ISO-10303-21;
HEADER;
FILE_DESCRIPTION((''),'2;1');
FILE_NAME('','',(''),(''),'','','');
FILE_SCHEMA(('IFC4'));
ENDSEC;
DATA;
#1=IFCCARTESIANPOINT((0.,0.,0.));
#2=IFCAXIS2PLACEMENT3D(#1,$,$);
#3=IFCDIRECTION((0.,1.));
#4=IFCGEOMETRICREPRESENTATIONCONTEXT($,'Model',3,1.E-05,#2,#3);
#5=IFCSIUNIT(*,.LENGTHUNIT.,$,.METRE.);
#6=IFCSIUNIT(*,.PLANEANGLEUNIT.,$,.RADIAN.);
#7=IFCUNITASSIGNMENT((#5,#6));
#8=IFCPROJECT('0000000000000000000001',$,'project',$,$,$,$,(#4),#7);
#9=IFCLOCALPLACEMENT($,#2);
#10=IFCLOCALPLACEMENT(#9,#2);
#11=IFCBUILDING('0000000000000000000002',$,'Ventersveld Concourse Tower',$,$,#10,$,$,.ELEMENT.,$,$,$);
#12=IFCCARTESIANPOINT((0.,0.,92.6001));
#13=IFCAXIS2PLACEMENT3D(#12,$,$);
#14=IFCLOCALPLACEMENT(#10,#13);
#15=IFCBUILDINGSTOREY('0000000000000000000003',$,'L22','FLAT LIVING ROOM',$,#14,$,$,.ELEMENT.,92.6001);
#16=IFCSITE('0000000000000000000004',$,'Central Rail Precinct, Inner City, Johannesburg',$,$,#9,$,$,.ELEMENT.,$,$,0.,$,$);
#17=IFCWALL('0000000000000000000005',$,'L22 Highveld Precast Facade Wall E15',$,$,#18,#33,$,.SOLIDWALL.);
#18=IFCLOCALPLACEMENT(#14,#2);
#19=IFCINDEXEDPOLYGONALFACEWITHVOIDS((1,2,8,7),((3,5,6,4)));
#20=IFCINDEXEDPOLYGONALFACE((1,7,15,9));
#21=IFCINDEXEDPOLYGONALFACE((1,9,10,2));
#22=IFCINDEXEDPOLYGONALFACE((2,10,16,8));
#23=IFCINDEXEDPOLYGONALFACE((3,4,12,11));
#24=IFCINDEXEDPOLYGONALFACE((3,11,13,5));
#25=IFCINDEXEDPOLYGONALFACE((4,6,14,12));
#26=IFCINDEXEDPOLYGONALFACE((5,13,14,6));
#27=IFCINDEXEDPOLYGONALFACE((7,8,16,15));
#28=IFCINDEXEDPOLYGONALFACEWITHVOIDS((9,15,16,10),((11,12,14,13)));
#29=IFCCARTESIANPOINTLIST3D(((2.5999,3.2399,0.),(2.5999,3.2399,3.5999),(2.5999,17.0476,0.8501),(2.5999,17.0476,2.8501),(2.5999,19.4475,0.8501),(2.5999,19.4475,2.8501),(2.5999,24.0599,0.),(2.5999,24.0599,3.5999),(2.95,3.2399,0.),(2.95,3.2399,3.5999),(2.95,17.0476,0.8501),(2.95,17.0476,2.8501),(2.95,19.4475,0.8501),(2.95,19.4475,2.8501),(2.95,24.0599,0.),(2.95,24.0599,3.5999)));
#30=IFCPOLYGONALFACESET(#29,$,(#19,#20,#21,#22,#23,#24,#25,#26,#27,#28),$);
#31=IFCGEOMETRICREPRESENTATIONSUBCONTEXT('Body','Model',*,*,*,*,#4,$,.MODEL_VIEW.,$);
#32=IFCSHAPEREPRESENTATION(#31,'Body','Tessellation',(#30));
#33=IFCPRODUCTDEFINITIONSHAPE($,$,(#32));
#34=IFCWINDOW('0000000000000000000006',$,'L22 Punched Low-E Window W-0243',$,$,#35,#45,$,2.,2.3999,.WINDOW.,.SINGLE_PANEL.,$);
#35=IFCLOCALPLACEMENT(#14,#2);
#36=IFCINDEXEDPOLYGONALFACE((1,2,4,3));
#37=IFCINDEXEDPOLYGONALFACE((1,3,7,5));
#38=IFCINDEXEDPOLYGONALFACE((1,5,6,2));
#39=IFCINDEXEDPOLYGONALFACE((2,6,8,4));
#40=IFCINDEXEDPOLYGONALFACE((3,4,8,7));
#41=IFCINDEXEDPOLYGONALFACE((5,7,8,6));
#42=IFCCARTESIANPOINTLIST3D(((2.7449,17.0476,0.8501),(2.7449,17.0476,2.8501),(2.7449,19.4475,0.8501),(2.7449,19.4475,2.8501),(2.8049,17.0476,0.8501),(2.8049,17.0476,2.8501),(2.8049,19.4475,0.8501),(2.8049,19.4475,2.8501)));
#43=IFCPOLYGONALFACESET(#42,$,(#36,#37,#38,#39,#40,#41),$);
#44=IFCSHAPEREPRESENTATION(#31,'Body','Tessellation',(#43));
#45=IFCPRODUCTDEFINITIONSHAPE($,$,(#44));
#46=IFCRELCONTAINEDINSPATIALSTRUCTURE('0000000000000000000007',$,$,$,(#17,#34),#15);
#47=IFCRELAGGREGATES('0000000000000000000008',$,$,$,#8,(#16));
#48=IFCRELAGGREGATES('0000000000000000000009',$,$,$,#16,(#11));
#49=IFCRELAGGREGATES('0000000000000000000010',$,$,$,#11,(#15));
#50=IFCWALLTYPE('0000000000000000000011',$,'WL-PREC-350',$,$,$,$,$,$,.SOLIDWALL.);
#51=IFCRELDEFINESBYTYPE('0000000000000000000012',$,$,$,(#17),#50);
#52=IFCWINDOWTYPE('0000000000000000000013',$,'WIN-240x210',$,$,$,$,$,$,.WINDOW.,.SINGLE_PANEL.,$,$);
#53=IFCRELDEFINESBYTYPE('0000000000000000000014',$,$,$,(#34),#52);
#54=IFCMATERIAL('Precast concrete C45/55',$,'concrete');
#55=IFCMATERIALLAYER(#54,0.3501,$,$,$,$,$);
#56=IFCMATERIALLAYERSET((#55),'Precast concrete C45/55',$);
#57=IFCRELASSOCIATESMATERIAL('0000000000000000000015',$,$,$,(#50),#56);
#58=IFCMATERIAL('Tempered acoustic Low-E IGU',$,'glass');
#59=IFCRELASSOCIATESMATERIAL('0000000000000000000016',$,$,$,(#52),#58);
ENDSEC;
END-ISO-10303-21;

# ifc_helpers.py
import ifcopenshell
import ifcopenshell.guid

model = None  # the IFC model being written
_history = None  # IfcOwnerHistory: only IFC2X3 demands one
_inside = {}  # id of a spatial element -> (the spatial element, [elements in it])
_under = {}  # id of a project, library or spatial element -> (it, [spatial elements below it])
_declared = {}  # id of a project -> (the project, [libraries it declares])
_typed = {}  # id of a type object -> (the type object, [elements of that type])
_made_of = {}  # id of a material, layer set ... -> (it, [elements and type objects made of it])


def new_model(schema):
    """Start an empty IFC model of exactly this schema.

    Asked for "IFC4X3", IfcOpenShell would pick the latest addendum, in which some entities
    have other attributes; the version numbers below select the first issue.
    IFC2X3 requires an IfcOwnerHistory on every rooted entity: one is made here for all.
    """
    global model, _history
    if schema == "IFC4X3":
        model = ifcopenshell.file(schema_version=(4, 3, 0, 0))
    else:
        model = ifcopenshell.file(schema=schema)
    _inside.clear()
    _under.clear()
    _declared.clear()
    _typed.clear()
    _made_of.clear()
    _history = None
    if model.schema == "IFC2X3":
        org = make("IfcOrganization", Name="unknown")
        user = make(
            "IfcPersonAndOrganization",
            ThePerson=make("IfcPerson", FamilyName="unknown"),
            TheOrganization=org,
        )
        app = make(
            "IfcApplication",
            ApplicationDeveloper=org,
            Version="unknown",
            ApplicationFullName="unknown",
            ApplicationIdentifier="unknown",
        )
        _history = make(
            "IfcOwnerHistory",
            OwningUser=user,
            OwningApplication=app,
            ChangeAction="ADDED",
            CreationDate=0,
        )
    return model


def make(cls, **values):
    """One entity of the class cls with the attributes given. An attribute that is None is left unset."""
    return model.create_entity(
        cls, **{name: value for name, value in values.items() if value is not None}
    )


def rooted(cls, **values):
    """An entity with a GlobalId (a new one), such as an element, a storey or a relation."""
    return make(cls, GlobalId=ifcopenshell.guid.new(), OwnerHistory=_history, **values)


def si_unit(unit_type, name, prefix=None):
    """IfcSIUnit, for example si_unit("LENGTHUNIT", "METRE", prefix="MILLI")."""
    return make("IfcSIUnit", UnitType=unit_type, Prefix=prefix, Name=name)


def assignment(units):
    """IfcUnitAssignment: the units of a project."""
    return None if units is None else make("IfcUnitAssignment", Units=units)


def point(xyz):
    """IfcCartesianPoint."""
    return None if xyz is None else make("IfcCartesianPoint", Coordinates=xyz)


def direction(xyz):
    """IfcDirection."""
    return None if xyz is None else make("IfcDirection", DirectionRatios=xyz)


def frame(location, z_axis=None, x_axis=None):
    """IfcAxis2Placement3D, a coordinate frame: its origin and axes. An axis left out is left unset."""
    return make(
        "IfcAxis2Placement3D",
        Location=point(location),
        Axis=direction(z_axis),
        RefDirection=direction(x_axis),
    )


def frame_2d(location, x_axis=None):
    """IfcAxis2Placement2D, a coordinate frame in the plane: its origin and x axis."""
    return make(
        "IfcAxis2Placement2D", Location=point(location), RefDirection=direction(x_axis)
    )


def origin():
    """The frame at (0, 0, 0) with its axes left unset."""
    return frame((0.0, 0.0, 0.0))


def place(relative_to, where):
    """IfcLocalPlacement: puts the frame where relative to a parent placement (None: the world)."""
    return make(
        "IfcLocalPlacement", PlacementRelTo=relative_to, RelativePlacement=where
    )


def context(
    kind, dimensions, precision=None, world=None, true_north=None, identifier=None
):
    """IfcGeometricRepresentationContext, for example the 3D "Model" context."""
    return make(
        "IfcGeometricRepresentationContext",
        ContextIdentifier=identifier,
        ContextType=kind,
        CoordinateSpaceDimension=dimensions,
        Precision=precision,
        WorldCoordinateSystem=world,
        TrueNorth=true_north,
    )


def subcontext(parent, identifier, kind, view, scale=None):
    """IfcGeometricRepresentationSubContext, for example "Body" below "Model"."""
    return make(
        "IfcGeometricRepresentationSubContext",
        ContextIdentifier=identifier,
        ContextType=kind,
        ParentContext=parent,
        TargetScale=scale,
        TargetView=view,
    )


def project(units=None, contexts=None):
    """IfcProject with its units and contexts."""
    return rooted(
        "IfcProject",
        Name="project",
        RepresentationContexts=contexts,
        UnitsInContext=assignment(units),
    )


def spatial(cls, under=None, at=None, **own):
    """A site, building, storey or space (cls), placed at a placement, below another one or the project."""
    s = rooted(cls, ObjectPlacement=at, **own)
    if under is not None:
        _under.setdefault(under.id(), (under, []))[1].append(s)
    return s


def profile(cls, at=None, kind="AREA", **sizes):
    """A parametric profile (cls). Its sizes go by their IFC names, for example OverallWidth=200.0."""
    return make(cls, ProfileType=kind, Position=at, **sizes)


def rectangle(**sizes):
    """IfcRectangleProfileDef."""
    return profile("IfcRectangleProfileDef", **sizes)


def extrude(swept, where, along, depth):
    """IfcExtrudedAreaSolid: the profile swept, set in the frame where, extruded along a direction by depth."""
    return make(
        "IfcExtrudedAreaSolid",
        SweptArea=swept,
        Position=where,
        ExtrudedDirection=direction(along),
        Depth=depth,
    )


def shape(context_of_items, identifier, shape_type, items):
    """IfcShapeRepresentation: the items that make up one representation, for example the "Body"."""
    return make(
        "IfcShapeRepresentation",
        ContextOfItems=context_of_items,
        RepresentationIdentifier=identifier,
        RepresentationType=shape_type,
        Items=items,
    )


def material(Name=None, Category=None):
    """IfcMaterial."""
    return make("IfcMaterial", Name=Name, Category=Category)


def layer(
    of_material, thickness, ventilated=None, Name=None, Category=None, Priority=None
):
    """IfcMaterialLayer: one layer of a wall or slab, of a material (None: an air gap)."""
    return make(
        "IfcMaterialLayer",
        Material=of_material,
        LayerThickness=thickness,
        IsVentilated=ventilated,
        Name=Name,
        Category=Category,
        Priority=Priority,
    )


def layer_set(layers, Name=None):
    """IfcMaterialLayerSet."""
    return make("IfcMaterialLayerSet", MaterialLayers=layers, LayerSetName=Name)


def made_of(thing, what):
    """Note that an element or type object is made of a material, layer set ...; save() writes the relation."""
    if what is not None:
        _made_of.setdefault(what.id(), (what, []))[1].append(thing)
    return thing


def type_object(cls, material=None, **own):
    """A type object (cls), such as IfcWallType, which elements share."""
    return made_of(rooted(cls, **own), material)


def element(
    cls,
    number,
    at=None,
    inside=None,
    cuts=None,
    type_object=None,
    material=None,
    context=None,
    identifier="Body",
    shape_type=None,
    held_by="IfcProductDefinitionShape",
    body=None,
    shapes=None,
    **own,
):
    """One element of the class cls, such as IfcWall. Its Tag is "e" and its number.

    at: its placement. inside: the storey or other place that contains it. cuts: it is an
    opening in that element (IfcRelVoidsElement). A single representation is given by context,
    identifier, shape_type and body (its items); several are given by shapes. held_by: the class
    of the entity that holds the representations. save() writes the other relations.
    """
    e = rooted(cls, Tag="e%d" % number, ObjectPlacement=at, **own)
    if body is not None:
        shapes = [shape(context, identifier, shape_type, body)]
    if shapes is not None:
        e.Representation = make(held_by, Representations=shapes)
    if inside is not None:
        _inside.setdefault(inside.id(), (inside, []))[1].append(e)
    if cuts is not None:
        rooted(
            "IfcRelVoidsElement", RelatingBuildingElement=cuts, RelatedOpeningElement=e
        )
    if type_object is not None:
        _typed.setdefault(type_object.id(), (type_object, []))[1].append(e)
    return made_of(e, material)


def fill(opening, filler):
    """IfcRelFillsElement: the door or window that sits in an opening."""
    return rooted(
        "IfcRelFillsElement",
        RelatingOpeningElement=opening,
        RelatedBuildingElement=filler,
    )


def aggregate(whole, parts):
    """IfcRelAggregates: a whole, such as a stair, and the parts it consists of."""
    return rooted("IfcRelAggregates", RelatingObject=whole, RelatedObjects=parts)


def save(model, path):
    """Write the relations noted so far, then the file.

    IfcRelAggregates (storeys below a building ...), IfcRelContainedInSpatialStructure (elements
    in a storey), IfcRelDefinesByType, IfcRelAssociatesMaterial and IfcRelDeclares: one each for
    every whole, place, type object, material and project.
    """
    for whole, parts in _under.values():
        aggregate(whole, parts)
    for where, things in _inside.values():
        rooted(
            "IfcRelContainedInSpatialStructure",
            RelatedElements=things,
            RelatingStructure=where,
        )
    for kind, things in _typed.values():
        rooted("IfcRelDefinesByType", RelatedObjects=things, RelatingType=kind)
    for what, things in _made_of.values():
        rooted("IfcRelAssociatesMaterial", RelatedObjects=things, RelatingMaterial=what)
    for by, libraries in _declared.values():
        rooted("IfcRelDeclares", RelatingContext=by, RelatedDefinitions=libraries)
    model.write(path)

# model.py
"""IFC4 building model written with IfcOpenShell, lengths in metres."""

from ifc_helpers import new_model, si_unit, direction, frame, frame_2d, origin, place, context, subcontext, project, spatial, rectangle, extrude, material, layer, layer_set, type_object, element, fill, save


model = new_model("IFC4")

# Units and contexts
model_context = context("Model", 3, precision=1e-05, world=origin(), true_north=direction((0.0, 1.0)))
body_context = subcontext(model_context, "Body", "Model", "MODEL_VIEW")
ifc_project = project(units=[si_unit("LENGTHUNIT", "METRE"), si_unit("PLANEANGLEUNIT", "RADIAN")], contexts=[model_context])

# Site, building, storey
site_placement = place(None, origin())
site = spatial("IfcSite", under=ifc_project, at=site_placement, Name="Central Rail Precinct, Inner City, Johannesburg", CompositionType="ELEMENT", RefElevation=0.0)
building_placement = place(site_placement, origin())
building = spatial("IfcBuilding", under=site, at=building_placement, Name="Ventersveld Concourse Tower", CompositionType="ELEMENT")
storey_placement = place(building_placement, frame((0.0, 0.0, 92.6001)))
storey = spatial("IfcBuildingStorey", under=building, at=storey_placement, Name="L22", Description="FLAT LIVING ROOM", CompositionType="ELEMENT", Elevation=92.6001)

# Shared definitions
ifc_material_1 = material(Name="Precast concrete C45/55", Category="concrete")
ifc_layer_1 = layer(ifc_material_1, 0.3501)
ifc_layer_set_1 = layer_set([ifc_layer_1], Name="Precast concrete C45/55")
wall_type_1 = type_object("IfcWallType", Name="WL-PREC-350", PredefinedType="SOLIDWALL", material=ifc_layer_set_1)

# Wall, opening, window
wall_1_placement = place(storey_placement, frame((2.7749, 24.0601, 0.0), z_axis=(0.0, 0.0, 1.0), x_axis=(0.0, -1.0, 0.0)))
wall_1 = element("IfcWall", 1, at=wall_1_placement, inside=storey, type_object=wall_type_1, Name="L22 Highveld Precast Facade Wall E15", PredefinedType="SOLIDWALL", context=body_context, shape_type="SweptSolid", body=[
    extrude(rectangle(XDim=20.8201, YDim=0.3501, at=frame_2d((10.4102, 0.0))), origin(), (0.0, 0.0, 1.0), 3.5999),
])
opening_1_placement = place(wall_1_placement, frame((4.6125, 0.0, 0.8501)))
opening_1 = element("IfcOpeningElement", 2, at=opening_1_placement, cuts=wall_1, PredefinedType="OPENING", context=body_context, shape_type="SweptSolid", body=[
    extrude(rectangle(XDim=2.3999, YDim=2.0, at=frame_2d((1.2, 1.0))), frame((0.0, 0.1851, 0.0), z_axis=(0.0, -1.0, 0.0), x_axis=(1.0, 0.0, 0.0)), (0.0, 0.0, 1.0), 0.3701),
])
ifc_material_2 = material(Name="Tempered acoustic Low-E IGU", Category="glass")
window_type = type_object("IfcWindowType", Name="WIN-240x210", PartitioningType="SINGLE_PANEL", PredefinedType="WINDOW", material=ifc_material_2)
window_placement = place(opening_1_placement, origin())
window = element("IfcWindow", 3, at=window_placement, inside=storey, type_object=window_type, Name="L22 Punched Low-E Window W-0243", OverallHeight=2.0, OverallWidth=2.3999, PartitioningType="SINGLE_PANEL", PredefinedType="WINDOW", context=body_context, shape_type="SweptSolid", body=[
    extrude(rectangle(XDim=2.3999, YDim=2.0, at=frame_2d((1.2, 1.0))), frame((0.0, 0.03, 0.0), z_axis=(0.0, -1.0, 0.0), x_axis=(1.0, 0.0, 0.0)), (0.0, 0.0, 1.0), 0.0601),
])
fill(opening_1, window)

save(model, "model.ifc")
